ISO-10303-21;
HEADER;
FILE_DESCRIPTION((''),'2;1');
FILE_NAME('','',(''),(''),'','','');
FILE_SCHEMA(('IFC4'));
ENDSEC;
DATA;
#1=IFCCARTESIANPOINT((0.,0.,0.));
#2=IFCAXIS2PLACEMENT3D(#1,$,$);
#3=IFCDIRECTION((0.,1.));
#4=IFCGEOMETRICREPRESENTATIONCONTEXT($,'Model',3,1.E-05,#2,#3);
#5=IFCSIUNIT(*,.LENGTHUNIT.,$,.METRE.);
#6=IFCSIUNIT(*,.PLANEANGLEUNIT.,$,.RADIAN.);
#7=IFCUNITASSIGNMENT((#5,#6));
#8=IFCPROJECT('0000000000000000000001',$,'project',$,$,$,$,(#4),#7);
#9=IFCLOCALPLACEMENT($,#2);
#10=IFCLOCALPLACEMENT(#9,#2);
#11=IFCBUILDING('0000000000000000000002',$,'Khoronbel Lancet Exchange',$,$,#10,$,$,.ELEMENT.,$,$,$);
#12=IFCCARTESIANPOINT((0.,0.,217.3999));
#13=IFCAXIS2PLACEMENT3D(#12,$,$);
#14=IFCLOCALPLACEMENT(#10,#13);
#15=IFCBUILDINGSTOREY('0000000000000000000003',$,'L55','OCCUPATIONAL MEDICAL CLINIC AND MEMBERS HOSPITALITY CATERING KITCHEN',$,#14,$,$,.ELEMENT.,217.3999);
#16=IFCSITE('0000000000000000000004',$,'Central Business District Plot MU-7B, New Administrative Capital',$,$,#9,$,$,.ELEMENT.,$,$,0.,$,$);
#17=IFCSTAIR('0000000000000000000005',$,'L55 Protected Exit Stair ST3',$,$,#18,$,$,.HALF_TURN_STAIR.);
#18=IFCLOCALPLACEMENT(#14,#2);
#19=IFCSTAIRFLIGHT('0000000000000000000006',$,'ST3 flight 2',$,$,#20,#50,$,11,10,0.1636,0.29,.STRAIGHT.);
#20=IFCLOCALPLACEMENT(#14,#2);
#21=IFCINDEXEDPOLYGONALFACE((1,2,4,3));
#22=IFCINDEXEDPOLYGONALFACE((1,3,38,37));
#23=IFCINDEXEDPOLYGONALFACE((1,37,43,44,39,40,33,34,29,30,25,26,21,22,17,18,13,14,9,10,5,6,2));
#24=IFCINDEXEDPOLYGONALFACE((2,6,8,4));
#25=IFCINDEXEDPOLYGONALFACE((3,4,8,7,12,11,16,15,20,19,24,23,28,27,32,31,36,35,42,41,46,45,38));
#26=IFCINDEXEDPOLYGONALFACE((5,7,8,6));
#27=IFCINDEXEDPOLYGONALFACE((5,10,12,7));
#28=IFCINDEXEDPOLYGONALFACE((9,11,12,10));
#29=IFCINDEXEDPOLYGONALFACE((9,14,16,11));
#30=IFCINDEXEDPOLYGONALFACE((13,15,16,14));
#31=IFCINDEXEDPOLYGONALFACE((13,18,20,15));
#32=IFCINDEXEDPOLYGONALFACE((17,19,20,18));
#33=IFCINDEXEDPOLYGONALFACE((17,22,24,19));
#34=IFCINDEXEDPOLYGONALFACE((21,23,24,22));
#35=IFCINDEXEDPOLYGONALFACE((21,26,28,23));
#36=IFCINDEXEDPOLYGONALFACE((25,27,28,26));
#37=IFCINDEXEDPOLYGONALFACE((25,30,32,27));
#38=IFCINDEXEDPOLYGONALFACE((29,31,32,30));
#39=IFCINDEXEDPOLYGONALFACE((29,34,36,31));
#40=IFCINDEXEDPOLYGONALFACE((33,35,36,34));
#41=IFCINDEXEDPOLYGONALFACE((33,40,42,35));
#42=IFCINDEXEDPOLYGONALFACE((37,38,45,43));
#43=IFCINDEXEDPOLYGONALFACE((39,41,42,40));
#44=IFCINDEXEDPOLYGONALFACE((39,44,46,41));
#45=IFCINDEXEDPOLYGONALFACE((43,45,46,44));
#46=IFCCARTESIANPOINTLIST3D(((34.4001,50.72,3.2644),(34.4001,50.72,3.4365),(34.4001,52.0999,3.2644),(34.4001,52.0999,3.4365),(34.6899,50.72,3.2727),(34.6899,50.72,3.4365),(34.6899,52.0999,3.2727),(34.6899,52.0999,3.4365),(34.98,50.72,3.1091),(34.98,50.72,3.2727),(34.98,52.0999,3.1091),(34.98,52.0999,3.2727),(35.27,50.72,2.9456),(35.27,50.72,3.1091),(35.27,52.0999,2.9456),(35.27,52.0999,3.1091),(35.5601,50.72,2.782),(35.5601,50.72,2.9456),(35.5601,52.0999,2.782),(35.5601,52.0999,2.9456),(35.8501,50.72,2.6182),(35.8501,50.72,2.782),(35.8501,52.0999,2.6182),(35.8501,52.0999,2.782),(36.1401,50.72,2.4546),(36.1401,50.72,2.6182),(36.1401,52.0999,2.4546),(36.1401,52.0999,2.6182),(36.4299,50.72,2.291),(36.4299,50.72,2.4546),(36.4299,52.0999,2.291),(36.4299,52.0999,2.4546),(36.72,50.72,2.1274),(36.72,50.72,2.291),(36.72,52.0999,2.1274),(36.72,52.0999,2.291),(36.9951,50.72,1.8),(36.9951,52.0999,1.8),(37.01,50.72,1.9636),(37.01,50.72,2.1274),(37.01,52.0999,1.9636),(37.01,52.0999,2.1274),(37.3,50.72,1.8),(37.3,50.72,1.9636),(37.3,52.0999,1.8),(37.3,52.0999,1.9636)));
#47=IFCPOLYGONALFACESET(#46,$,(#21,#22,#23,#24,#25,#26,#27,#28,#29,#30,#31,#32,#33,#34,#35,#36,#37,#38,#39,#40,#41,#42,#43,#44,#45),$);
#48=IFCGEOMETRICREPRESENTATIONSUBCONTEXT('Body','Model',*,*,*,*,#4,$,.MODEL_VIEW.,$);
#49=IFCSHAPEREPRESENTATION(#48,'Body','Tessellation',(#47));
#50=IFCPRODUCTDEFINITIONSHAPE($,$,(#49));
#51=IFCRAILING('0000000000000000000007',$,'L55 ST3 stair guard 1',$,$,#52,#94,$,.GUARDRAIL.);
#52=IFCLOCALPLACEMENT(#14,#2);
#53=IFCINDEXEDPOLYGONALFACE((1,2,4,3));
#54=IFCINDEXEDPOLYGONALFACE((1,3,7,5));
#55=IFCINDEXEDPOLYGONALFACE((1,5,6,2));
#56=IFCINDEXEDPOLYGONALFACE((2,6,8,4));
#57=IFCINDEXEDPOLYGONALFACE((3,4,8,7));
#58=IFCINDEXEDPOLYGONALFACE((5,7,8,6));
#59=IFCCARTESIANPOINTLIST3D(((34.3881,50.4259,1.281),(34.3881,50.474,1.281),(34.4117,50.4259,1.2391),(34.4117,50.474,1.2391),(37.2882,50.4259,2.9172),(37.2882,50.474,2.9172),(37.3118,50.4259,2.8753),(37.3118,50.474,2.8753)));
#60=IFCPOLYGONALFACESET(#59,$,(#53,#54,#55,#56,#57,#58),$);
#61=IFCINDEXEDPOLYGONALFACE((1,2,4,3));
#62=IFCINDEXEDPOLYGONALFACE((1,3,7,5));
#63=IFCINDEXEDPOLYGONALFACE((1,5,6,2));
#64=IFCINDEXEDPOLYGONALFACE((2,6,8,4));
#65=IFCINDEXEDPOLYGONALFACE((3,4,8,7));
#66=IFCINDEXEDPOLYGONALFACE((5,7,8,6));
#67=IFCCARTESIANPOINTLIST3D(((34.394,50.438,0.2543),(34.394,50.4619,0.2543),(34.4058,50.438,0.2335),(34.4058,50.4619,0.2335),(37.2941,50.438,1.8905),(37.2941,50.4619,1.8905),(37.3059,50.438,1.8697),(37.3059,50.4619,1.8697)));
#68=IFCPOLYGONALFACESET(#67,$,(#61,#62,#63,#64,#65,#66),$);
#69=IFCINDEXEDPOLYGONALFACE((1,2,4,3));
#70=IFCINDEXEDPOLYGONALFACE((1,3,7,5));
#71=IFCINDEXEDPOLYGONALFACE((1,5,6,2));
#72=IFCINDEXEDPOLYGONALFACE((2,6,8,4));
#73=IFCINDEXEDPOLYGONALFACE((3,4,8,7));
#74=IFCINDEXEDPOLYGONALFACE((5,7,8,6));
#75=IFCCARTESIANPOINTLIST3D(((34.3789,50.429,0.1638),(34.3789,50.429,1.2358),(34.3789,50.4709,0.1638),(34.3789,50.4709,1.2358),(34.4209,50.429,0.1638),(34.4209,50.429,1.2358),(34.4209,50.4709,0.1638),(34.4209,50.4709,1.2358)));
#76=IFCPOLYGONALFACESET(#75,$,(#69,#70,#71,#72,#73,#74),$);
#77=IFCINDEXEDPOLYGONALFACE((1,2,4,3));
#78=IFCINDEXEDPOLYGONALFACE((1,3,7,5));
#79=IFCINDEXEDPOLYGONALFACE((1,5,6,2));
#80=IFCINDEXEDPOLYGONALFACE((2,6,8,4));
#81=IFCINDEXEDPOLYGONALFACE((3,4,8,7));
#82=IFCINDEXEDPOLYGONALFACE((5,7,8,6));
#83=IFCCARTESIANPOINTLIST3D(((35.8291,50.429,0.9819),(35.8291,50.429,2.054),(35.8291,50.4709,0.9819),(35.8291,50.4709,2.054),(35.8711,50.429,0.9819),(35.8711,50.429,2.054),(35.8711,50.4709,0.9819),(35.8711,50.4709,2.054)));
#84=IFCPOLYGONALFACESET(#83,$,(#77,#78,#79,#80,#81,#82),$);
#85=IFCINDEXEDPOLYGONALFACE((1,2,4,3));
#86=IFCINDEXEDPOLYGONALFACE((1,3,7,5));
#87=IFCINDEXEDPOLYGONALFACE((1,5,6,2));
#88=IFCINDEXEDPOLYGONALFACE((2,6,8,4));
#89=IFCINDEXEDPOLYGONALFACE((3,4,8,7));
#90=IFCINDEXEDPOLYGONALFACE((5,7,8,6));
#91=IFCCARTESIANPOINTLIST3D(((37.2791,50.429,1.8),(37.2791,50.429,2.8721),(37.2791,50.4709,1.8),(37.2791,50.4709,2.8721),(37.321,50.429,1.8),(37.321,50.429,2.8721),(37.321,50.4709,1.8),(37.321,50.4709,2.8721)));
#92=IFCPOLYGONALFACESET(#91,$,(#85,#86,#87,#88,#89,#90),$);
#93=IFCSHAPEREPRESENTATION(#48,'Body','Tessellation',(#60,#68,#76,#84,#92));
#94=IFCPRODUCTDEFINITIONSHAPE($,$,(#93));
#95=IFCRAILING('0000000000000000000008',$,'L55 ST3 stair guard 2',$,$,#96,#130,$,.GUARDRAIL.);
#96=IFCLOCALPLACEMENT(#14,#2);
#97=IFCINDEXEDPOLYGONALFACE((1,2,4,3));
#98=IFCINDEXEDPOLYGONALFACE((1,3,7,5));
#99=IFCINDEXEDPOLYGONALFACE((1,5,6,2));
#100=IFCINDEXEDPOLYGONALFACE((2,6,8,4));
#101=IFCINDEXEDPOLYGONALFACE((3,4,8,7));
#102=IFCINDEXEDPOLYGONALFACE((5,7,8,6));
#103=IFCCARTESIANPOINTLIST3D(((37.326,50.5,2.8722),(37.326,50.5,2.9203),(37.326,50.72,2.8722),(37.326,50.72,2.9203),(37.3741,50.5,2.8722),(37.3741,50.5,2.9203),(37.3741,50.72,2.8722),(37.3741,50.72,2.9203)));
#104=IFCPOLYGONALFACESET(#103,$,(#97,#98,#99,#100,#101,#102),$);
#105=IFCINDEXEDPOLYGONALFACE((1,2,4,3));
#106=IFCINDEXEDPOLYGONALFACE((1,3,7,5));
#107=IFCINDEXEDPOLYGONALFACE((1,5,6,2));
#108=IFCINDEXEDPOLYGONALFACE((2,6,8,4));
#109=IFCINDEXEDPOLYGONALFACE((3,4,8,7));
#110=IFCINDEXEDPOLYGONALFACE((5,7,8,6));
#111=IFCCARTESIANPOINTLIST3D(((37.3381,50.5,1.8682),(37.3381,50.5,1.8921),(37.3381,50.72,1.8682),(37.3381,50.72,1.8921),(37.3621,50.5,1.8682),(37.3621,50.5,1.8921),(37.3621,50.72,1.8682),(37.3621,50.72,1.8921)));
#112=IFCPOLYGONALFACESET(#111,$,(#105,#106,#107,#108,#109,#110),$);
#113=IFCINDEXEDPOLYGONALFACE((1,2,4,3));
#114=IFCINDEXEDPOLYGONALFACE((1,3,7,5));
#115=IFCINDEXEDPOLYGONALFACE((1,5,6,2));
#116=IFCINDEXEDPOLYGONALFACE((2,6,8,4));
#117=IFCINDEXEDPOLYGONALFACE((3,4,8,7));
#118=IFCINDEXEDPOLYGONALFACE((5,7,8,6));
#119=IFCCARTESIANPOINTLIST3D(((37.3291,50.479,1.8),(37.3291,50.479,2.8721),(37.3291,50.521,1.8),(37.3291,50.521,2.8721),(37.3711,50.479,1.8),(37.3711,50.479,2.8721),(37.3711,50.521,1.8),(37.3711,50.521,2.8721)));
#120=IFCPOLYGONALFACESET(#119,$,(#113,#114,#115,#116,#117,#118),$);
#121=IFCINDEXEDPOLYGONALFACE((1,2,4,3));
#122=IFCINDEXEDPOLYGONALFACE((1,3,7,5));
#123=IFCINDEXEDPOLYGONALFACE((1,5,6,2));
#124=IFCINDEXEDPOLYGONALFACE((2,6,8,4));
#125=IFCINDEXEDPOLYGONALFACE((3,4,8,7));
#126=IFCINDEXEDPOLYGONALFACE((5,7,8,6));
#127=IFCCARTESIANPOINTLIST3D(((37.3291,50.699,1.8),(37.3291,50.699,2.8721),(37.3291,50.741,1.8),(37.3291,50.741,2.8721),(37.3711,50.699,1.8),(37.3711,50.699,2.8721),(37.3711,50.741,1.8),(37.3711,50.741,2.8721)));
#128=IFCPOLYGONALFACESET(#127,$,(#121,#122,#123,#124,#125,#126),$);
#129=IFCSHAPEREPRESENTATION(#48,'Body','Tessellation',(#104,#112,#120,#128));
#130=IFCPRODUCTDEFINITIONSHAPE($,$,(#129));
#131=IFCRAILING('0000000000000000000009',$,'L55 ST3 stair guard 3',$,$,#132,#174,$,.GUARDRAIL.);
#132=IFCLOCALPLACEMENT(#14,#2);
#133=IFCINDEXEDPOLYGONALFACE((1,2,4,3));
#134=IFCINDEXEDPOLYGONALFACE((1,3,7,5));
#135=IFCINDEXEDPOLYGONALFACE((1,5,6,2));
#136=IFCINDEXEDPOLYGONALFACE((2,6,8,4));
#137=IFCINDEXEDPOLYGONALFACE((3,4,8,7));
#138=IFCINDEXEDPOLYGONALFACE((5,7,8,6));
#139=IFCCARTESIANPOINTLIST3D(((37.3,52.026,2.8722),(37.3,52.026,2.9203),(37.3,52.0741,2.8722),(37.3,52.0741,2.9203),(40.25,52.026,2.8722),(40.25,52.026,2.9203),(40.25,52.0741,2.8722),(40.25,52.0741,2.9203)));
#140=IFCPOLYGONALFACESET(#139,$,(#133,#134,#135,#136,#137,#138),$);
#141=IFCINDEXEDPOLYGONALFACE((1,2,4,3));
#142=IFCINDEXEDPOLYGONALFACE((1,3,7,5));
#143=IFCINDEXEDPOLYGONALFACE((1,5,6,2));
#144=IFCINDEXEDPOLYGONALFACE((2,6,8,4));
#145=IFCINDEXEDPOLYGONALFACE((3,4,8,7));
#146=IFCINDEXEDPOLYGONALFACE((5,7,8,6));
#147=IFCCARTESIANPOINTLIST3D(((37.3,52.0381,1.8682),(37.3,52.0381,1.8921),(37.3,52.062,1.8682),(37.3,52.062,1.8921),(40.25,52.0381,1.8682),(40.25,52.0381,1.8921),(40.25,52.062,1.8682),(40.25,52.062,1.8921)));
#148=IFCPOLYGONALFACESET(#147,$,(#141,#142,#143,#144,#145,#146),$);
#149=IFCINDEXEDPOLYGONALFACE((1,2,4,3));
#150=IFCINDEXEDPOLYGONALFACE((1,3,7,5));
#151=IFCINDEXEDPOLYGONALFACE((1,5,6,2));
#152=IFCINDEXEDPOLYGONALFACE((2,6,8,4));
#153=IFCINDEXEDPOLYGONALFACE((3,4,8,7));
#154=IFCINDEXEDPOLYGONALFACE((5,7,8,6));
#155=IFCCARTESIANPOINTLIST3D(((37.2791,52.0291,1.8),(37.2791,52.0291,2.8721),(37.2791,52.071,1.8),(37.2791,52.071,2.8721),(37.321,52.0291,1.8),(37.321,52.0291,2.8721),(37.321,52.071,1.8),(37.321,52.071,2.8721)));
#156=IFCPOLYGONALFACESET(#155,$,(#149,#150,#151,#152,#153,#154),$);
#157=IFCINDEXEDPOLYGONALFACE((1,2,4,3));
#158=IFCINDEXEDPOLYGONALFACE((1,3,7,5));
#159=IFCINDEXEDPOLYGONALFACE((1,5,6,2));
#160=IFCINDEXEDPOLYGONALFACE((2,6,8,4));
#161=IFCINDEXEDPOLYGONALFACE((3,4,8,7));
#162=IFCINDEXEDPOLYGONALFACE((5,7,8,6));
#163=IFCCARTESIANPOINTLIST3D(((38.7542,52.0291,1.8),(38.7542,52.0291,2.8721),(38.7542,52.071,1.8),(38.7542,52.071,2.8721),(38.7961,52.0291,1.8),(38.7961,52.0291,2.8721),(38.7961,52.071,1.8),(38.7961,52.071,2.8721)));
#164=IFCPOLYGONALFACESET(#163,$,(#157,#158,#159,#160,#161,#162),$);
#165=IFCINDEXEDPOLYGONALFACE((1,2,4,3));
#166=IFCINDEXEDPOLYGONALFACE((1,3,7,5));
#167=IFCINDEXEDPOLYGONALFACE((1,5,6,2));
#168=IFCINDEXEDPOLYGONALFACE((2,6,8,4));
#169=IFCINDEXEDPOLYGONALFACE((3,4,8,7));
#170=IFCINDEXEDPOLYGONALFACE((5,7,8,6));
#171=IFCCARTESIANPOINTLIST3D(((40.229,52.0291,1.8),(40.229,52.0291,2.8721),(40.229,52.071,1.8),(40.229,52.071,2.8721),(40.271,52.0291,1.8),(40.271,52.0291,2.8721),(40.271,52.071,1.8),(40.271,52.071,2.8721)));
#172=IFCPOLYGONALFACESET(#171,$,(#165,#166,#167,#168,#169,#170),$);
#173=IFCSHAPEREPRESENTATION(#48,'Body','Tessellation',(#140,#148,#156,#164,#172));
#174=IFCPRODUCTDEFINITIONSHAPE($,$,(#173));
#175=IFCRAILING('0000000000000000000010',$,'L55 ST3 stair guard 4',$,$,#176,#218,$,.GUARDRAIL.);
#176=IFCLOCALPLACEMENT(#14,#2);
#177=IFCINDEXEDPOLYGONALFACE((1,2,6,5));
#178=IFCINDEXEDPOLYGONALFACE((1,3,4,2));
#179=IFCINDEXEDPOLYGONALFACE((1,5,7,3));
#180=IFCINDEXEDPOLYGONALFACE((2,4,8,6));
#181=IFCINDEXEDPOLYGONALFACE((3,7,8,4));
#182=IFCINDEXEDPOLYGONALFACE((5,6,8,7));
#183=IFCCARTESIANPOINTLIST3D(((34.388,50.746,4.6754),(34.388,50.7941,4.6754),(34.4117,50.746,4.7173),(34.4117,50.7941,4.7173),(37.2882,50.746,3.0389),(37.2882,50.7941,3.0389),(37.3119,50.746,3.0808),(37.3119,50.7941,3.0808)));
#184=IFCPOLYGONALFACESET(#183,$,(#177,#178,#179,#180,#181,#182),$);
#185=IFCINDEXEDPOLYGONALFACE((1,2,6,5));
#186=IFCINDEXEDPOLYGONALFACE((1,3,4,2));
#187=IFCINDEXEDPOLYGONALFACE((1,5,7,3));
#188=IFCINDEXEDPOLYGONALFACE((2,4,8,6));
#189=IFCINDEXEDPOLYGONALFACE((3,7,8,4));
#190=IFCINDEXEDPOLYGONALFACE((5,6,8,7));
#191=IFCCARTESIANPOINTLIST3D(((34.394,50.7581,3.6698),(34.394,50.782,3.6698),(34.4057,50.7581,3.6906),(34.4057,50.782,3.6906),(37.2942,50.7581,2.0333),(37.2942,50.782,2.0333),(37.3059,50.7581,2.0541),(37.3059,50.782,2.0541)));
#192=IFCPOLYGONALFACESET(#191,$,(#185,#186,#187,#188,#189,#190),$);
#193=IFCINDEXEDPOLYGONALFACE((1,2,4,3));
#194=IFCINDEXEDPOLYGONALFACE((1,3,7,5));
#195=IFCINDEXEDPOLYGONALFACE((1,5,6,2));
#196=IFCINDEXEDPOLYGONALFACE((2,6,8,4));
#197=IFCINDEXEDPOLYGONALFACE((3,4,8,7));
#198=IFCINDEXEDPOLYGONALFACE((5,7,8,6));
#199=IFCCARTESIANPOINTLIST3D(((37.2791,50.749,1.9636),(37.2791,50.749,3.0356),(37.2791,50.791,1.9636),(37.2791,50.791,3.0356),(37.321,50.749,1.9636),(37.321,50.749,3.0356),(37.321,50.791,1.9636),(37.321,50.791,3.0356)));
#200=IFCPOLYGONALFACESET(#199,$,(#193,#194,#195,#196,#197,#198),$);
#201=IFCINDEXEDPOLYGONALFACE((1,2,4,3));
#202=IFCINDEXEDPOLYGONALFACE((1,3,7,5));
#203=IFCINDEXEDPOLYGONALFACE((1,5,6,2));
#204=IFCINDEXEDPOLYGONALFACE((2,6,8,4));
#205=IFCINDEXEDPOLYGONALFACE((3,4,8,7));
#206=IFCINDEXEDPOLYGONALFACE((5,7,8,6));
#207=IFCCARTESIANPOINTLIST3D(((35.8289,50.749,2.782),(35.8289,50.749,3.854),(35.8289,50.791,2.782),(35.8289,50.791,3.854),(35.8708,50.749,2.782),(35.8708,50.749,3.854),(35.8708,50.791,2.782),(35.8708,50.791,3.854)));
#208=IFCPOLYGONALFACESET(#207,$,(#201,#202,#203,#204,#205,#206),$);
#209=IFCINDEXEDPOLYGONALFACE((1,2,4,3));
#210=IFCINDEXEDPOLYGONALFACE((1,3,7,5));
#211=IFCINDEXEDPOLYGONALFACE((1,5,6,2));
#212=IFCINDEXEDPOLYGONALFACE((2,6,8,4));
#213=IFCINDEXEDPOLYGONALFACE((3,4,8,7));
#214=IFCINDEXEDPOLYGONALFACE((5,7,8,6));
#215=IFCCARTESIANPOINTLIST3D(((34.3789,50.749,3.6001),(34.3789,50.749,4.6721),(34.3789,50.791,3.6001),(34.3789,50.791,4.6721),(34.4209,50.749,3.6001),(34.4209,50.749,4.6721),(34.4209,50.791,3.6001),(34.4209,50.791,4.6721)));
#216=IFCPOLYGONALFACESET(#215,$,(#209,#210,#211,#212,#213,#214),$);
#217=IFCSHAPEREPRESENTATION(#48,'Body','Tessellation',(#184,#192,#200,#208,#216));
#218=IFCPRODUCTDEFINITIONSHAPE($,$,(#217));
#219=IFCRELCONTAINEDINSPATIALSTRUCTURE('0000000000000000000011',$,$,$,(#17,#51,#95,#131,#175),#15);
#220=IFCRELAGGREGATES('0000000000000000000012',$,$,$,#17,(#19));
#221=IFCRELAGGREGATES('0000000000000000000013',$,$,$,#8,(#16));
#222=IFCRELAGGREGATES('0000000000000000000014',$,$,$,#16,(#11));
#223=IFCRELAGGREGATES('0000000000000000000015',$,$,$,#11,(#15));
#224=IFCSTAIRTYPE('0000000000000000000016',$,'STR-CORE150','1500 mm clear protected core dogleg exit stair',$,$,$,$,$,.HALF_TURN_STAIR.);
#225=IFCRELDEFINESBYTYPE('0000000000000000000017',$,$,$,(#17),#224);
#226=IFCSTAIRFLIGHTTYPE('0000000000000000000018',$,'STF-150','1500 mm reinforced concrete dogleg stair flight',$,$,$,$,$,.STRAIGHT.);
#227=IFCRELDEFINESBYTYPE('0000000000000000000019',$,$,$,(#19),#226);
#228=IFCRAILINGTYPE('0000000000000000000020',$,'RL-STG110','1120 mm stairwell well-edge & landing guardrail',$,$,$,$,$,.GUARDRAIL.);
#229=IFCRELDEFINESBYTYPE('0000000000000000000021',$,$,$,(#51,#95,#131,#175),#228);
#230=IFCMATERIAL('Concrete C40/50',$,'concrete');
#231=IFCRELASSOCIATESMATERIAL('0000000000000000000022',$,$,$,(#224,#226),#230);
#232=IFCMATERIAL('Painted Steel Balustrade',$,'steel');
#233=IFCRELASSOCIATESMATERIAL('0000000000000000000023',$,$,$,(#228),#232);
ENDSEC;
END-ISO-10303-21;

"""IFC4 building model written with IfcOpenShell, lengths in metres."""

from ifc_helpers import new_model, si_unit, direction, frame, origin, origin_2d, place, context, subcontext, project, spatial, polyline, rectangle, outline, extrude, material, type_object, element, aggregate, save


model = new_model("IFC4")

# Units and contexts
model_context = context("Model", 3, precision=1e-05, world=origin(), true_north=direction((0.0, 1.0)))
body_context = subcontext(model_context, "Body", "Model", "MODEL_VIEW")
ifc_project = project(units=[si_unit("LENGTHUNIT", "METRE"), si_unit("PLANEANGLEUNIT", "RADIAN")], contexts=[model_context])

# Site, building, storey
site_placement = place(None, origin())
site = spatial("IfcSite", under=ifc_project, at=site_placement, Name="Central Business District Plot MU-7B, New Administrative Capital", CompositionType="ELEMENT", RefElevation=0.0)
building_placement = place(site_placement, origin())
building = spatial("IfcBuilding", under=site, at=building_placement, Name="Khoronbel Lancet Exchange", CompositionType="ELEMENT")
storey_placement = place(building_placement, frame((0.0, 0.0, 217.3999)))
storey = spatial("IfcBuildingStorey", under=building, at=storey_placement, Name="L55", Description="OCCUPATIONAL MEDICAL CLINIC AND MEMBERS HOSPITALITY CATERING KITCHEN", CompositionType="ELEMENT", Elevation=217.3999)

# Stair, stair flight
ifc_material_1 = material(Name="Concrete C40/50", Category="concrete")
stair_type = type_object("IfcStairType", Name="STR-CORE150", Description="1500 mm clear protected core dogleg exit stair", PredefinedType="HALF_TURN_STAIR", material=ifc_material_1)
stair_placement = place(storey_placement, origin())
stair = element("IfcStair", 1, at=stair_placement, inside=storey, type_object=stair_type, Name="L55 Protected Exit Stair ST3", PredefinedType="HALF_TURN_STAIR")
stair_flight_type = type_object("IfcStairFlightType", Name="STF-150", Description="1500 mm reinforced concrete dogleg stair flight", PredefinedType="STRAIGHT", material=ifc_material_1)
stair_flight_1_placement = place(storey_placement, frame((37.3, 51.4099, 1.8), z_axis=(0.0, 0.0, 1.0), x_axis=(-1.0, 0.0, 0.0)))
stair_flight_1 = element("IfcStairFlight", 2, at=stair_flight_1_placement, type_object=stair_flight_type, Name="ST3 flight 2", NumberOfRisers=11, NumberOfTreads=10, PredefinedType="STRAIGHT", RiserHeight=0.1636, TreadLength=0.29, context=body_context, shape_type="SweptSolid", body=[
    extrude(outline(polyline([(0.0, 0.0), (0.0, 0.1636), (0.29, 0.1636), (0.29, 0.3274), (0.5801, 0.3274), (0.5801, 0.491), (0.8701, 0.491), (0.8701, 0.6545), (1.1599, 0.6545), (1.1599, 0.8181), (1.45, 0.8181), (1.45, 0.9819), (1.74, 0.9819), (1.74, 1.1455), (2.03, 1.1455), (2.03, 1.3091), (2.3201, 1.3091), (2.3201, 1.4727), (2.6101, 1.4727), (2.6101, 1.6365), (2.8999, 1.6365), (2.8999, 1.8), (2.8999, 1.4644), (0.3049, 0.0), (0.0, 0.0)])), frame((0.0, 0.6899, 0.0), z_axis=(0.0, -1.0, 0.0), x_axis=(1.0, 0.0, 0.0)), (0.0, 0.0, 1.0), 1.3799),
])
aggregate(stair, [stair_flight_1])

# Railings
ifc_material_2 = material(Name="Painted Steel Balustrade", Category="steel")
railing_type_1 = type_object("IfcRailingType", Name="RL-STG110", Description="1120 mm stairwell well-edge & landing guardrail", PredefinedType="GUARDRAIL", material=ifc_material_2)
railing_1_placement = place(storey_placement, frame((34.3999, 50.45, 0.1638)))
element("IfcRailing", 3, at=railing_1_placement, inside=storey, type_object=railing_type_1, Name="L55 ST3 stair guard 1", PredefinedType="GUARDRAIL", context=body_context, shape_type="SweptSolid", body=[
    extrude(rectangle(XDim=0.0481, YDim=0.0481, at=origin_2d()), frame((0.0, 0.0, 1.0962), z_axis=(0.870946, 0.0, 0.491378), x_axis=(0.0, 1.0, 0.0)), (0.0, 0.0, 1.0), 3.3298),
    extrude(rectangle(XDim=0.0239, YDim=0.0239, at=origin_2d()), frame((0.0, 0.0, 0.0801), z_axis=(0.870946, 0.0, 0.491378), x_axis=(0.0, 1.0, 0.0)), (0.0, 0.0, 1.0), 3.3298),
    extrude(rectangle(XDim=0.042, YDim=0.042, at=origin_2d()), origin(), (0.0, 0.0, 1.0), 1.072),
    extrude(rectangle(XDim=0.042, YDim=0.042, at=origin_2d()), frame((1.4502, 0.0, 0.8181)), (0.0, 0.0, 1.0), 1.072),
    extrude(rectangle(XDim=0.042, YDim=0.042, at=origin_2d()), frame((2.9001, 0.0, 1.6362)), (0.0, 0.0, 1.0), 1.072),
])
railing_2_placement = place(storey_placement, frame((37.3501, 50.5, 1.8)))
element("IfcRailing", 4, at=railing_2_placement, inside=storey, type_object=railing_type_1, Name="L55 ST3 stair guard 2", PredefinedType="GUARDRAIL", context=body_context, shape_type="SweptSolid", body=[
    extrude(rectangle(XDim=0.0481, YDim=0.0481, at=origin_2d()), frame((0.0, 0.0, 1.0962), z_axis=(0.0, 1.0, 0.0), x_axis=(-1.0, 0.0, 0.0)), (0.0, 0.0, 1.0), 0.22),
    extrude(rectangle(XDim=0.0239, YDim=0.0239, at=origin_2d()), frame((0.0, 0.0, 0.0801), z_axis=(0.0, 1.0, 0.0), x_axis=(-1.0, 0.0, 0.0)), (0.0, 0.0, 1.0), 0.22),
    extrude(rectangle(XDim=0.042, YDim=0.042, at=origin_2d()), origin(), (0.0, 0.0, 1.0), 1.072),
    extrude(rectangle(XDim=0.042, YDim=0.042, at=origin_2d()), frame((0.0, 0.22, 0.0)), (0.0, 0.0, 1.0), 1.072),
])
railing_3_placement = place(storey_placement, frame((37.3, 52.05, 1.8)))
element("IfcRailing", 5, at=railing_3_placement, inside=storey, type_object=railing_type_1, Name="L55 ST3 stair guard 3", PredefinedType="GUARDRAIL", context=body_context, shape_type="SweptSolid", body=[
    extrude(rectangle(XDim=0.0481, YDim=0.0481, at=origin_2d()), frame((0.0, 0.0, 1.0962), z_axis=(1.0, 0.0, 0.0), x_axis=(0.0, 1.0, 0.0)), (0.0, 0.0, 1.0), 2.95),
    extrude(rectangle(XDim=0.0239, YDim=0.0239, at=origin_2d()), frame((0.0, 0.0, 0.0801), z_axis=(1.0, 0.0, 0.0), x_axis=(0.0, 1.0, 0.0)), (0.0, 0.0, 1.0), 2.95),
    extrude(rectangle(XDim=0.042, YDim=0.042, at=origin_2d()), origin(), (0.0, 0.0, 1.0), 1.072),
    extrude(rectangle(XDim=0.042, YDim=0.042, at=origin_2d()), frame((1.4751, 0.0, 0.0)), (0.0, 0.0, 1.0), 1.072),
    extrude(rectangle(XDim=0.042, YDim=0.042, at=origin_2d()), frame((2.95, 0.0, 0.0)), (0.0, 0.0, 1.0), 1.072),
])
railing_4_placement = place(storey_placement, frame((37.3, 50.77, 1.9636)))
element("IfcRailing", 6, at=railing_4_placement, inside=storey, type_object=railing_type_1, Name="L55 ST3 stair guard 4", PredefinedType="GUARDRAIL", context=body_context, shape_type="SweptSolid", body=[
    extrude(rectangle(XDim=0.0481, YDim=0.0481, at=origin_2d()), frame((0.0, 0.0, 1.0962), z_axis=(-0.870915, 0.0, 0.491434), x_axis=(0.0, -1.0, 0.0)), (0.0, 0.0, 1.0), 3.3301),
    extrude(rectangle(XDim=0.0239, YDim=0.0239, at=origin_2d()), frame((0.0, 0.0, 0.0801), z_axis=(-0.870915, 0.0, 0.491434), x_axis=(0.0, -1.0, 0.0)), (0.0, 0.0, 1.0), 3.3301),
    extrude(rectangle(XDim=0.042, YDim=0.042, at=origin_2d()), origin(), (0.0, 0.0, 1.0), 1.072),
    extrude(rectangle(XDim=0.042, YDim=0.042, at=origin_2d()), frame((-1.4502, 0.0, 0.8184)), (0.0, 0.0, 1.0), 1.072),
    extrude(rectangle(XDim=0.042, YDim=0.042, at=origin_2d()), frame((-2.9001, 0.0, 1.6365)), (0.0, 0.0, 1.0), 1.072),
])

save(model, "model.ifc")
